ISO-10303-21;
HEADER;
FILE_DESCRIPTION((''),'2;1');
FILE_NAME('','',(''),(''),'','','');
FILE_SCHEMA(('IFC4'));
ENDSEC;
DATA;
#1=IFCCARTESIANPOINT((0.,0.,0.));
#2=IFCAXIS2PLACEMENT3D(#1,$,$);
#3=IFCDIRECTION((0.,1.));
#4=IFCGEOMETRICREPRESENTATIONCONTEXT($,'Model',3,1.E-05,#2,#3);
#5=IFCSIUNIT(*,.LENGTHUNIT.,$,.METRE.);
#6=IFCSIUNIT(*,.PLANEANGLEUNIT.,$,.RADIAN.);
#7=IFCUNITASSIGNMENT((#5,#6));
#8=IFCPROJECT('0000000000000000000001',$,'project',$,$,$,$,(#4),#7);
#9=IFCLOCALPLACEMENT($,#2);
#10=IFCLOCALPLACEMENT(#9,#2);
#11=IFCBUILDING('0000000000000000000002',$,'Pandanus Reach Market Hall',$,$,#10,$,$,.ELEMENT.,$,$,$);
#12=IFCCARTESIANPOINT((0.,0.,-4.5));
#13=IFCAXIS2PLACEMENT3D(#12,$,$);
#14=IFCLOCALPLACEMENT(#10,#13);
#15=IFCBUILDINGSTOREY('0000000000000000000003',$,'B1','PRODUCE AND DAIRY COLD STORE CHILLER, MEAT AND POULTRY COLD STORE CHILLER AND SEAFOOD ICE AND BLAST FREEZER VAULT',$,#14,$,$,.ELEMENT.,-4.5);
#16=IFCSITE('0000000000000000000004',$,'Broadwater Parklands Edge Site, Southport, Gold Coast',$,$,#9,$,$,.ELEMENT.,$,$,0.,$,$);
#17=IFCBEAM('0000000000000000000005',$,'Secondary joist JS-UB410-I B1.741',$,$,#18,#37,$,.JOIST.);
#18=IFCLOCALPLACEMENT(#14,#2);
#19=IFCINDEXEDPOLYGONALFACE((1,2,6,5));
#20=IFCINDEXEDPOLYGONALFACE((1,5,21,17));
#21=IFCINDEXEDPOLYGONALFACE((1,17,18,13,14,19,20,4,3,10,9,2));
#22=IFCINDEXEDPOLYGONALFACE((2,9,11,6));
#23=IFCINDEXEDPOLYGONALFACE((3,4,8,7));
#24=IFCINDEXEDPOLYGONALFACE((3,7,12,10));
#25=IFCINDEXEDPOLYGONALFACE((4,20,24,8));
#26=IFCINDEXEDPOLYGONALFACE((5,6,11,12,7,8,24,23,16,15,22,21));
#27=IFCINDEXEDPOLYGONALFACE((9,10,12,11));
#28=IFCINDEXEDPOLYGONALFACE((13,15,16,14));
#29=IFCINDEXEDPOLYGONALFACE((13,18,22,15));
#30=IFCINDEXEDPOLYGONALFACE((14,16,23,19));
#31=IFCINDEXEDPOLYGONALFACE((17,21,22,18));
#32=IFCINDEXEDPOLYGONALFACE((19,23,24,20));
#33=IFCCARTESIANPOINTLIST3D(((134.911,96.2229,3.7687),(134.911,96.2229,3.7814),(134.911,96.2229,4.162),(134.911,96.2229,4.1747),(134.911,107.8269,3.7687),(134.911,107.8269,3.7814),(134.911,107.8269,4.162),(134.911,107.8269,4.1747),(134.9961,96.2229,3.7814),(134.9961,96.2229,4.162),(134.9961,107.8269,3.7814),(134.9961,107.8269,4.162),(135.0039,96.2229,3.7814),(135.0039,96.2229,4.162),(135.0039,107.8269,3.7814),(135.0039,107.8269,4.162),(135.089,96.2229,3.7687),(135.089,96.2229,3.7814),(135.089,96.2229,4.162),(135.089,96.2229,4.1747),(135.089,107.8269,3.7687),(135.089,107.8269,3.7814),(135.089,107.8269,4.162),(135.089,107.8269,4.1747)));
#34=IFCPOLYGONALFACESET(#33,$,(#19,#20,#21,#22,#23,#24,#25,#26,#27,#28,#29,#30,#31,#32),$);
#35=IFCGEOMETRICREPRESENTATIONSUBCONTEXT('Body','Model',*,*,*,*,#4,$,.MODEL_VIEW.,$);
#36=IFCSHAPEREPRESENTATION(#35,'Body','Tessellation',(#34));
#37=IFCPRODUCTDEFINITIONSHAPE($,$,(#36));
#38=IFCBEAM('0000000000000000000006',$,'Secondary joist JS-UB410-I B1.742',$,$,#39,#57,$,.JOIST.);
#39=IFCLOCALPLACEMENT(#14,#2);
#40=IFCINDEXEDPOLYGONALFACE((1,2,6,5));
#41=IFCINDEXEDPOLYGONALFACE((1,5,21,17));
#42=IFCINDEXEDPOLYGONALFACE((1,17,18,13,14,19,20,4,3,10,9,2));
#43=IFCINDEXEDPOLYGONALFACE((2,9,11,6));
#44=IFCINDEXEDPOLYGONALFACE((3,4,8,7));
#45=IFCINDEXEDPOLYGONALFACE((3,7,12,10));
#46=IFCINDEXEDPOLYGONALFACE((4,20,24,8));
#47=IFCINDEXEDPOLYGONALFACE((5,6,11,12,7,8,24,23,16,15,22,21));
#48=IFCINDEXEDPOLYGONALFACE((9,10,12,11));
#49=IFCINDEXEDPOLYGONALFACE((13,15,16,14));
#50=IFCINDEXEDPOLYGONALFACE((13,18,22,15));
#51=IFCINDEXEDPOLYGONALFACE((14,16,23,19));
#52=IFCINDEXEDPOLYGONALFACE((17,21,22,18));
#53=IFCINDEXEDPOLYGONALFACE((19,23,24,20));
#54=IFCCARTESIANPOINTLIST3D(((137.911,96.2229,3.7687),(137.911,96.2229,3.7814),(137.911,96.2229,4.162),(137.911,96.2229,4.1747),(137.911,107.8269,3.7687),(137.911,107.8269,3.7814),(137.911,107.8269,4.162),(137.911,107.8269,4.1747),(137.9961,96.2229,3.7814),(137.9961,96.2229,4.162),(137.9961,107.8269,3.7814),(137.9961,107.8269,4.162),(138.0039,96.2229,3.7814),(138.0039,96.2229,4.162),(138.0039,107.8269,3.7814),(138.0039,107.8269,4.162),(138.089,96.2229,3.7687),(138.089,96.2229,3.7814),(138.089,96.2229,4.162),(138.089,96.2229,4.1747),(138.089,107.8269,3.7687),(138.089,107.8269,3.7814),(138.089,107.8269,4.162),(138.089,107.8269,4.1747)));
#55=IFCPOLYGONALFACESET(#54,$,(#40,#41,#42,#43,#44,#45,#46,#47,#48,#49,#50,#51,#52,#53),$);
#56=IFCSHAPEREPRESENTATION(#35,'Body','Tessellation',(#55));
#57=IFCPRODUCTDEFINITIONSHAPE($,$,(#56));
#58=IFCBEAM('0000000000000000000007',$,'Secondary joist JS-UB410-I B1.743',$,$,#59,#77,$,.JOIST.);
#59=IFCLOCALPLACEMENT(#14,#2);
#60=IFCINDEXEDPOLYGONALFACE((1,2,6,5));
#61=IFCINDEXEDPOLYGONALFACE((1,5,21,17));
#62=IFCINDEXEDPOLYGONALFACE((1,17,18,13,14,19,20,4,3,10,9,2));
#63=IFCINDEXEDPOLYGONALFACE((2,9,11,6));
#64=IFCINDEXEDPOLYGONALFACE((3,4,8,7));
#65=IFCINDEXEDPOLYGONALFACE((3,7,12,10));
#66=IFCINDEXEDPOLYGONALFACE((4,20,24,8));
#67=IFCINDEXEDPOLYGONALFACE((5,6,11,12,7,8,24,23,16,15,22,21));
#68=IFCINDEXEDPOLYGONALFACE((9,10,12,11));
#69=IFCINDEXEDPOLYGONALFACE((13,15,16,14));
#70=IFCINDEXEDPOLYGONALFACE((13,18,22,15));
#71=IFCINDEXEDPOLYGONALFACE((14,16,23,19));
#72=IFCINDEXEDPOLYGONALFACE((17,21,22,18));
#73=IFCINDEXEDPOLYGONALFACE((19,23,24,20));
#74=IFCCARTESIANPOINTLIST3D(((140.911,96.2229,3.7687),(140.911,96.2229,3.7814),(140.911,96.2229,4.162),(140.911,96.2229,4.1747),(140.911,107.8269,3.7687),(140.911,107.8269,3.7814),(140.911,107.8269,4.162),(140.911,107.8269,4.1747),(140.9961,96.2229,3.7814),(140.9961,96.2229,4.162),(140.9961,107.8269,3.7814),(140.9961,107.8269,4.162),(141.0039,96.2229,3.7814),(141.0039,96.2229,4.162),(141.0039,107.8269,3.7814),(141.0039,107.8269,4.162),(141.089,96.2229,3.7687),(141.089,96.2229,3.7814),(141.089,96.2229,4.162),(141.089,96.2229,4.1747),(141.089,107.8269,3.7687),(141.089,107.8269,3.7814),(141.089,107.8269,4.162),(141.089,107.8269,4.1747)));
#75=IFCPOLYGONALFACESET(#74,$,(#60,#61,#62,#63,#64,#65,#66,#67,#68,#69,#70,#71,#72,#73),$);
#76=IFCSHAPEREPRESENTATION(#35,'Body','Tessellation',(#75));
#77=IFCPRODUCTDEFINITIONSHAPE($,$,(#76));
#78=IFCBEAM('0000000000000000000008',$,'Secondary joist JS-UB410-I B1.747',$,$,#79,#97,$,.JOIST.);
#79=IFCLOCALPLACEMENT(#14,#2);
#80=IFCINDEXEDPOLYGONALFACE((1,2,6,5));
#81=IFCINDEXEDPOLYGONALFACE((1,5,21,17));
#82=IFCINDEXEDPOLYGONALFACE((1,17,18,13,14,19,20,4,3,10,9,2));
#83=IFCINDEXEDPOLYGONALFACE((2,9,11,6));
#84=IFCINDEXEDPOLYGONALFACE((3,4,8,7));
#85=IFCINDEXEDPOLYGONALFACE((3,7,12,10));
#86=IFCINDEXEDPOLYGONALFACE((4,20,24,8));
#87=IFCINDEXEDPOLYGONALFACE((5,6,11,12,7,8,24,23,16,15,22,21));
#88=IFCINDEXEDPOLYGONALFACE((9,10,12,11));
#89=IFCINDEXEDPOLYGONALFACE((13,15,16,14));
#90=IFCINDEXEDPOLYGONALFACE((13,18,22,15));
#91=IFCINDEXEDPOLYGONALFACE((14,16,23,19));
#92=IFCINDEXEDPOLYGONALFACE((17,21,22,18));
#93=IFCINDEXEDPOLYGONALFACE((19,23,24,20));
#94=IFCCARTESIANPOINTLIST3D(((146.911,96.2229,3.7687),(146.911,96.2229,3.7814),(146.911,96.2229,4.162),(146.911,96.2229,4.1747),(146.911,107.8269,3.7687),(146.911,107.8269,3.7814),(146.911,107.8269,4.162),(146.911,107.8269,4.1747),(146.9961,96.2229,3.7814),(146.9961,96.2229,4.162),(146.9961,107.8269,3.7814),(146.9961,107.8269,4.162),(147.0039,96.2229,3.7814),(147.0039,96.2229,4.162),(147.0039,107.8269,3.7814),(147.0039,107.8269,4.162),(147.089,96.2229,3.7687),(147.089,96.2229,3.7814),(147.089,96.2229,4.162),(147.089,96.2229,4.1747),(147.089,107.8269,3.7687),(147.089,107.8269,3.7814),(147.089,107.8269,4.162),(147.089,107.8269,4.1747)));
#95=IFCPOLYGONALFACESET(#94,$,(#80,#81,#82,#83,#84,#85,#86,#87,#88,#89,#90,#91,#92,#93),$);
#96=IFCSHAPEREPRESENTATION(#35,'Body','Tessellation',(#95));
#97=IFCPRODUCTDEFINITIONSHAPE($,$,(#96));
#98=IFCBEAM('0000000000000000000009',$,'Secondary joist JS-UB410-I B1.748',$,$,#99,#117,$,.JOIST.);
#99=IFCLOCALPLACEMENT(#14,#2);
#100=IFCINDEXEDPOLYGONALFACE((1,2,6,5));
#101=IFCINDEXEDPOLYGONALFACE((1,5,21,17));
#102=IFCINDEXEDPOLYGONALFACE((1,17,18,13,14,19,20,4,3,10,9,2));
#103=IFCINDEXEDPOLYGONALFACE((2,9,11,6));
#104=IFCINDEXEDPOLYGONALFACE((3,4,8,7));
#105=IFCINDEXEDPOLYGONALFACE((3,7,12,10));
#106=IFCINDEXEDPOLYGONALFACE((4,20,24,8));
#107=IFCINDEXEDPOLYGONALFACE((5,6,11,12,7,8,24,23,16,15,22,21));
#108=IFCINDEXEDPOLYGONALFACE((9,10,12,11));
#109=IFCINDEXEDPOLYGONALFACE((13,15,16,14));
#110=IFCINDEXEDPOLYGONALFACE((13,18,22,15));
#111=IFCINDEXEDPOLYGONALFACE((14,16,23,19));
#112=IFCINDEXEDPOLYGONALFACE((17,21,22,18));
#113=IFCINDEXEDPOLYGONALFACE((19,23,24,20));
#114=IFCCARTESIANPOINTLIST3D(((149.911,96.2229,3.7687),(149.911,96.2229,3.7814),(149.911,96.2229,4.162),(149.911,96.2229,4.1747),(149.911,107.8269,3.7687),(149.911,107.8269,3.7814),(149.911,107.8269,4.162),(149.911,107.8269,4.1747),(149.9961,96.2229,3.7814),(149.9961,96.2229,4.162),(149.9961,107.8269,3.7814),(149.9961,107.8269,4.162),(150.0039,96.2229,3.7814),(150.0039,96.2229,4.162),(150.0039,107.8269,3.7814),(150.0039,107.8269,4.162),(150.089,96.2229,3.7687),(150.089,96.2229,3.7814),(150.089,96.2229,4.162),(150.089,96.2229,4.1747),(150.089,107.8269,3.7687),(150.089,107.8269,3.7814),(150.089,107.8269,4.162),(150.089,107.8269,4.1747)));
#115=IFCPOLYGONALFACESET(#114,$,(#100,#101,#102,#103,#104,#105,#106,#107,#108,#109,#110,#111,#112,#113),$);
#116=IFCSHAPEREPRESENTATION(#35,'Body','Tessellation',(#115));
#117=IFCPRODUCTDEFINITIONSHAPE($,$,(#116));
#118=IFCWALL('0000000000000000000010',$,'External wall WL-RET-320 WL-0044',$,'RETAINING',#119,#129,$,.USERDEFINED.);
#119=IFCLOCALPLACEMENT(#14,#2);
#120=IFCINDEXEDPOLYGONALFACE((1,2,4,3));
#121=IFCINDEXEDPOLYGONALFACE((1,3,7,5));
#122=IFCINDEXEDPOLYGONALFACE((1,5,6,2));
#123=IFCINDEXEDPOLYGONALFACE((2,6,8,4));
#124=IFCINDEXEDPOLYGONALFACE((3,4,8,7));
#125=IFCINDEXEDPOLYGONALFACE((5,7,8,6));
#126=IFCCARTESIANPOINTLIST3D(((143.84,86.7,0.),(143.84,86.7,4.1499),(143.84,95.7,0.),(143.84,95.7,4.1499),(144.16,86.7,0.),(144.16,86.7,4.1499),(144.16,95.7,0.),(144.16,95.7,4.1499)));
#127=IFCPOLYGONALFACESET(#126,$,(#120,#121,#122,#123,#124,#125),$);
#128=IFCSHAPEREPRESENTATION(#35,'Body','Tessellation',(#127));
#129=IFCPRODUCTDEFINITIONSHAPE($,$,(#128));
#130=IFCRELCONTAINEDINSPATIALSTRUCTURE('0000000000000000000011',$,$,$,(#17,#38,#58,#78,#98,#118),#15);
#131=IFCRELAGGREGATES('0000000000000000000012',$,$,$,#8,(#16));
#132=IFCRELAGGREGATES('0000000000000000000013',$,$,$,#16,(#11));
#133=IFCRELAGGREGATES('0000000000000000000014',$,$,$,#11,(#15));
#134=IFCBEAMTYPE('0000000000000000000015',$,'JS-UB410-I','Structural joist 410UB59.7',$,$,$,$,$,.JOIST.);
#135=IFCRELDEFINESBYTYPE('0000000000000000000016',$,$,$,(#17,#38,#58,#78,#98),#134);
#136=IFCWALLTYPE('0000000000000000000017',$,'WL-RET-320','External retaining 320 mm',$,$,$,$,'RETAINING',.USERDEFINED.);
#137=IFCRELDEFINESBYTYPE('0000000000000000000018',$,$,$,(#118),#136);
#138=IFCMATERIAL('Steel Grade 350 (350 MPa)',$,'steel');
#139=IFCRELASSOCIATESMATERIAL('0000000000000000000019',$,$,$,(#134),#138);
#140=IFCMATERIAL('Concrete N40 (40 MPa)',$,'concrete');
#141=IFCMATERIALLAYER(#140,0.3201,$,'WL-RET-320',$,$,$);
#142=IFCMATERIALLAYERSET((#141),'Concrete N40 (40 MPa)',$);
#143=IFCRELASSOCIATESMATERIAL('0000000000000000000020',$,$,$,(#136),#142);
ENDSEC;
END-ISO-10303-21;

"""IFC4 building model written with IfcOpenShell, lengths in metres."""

from ifc_helpers import new_model, si_unit, direction, frame, frame_2d, origin, origin_2d, place, context, subcontext, project, spatial, rectangle, i_section, extrude, material, layer, layer_set, material_profile, profile_set, type_object, element, save


model = new_model("IFC4")

# Units and contexts
model_context = context("Model", 3, precision=1e-05, world=origin(), true_north=direction((0.0, 1.0)))
body_context = subcontext(model_context, "Body", "Model", "MODEL_VIEW")
ifc_project = project(units=[si_unit("LENGTHUNIT", "METRE"), si_unit("PLANEANGLEUNIT", "RADIAN")], contexts=[model_context])

# Site, building, storey
site_placement = place(None, origin())
site = spatial("IfcSite", under=ifc_project, at=site_placement, Name="Broadwater Parklands Edge Site, Southport, Gold Coast", CompositionType="ELEMENT", RefElevation=0.0)
building_placement = place(site_placement, origin())
building = spatial("IfcBuilding", under=site, at=building_placement, Name="Pandanus Reach Market Hall", CompositionType="ELEMENT")
storey_placement = place(building_placement, frame((0.0, 0.0, -4.5)))
storey = spatial("IfcBuildingStorey", under=building, at=storey_placement, Name="B1", Description="PRODUCE AND DAIRY COLD STORE CHILLER, MEAT AND POULTRY COLD STORE CHILLER AND SEAFOOD ICE AND BLAST FREEZER VAULT", CompositionType="ELEMENT", Elevation=-4.5)

# Shared definitions
ifc_material_1 = material(Name="Concrete N40 (40 MPa)", Category="concrete")

# Beams
ifc_material_2 = material(Name="Steel Grade 350 (350 MPa)", Category="steel")
ifc_material_profile_1 = material_profile(ifc_material_2, i_section(OverallWidth=0.178, OverallDepth=0.406, WebThickness=0.0078, FlangeThickness=0.0127, at=origin_2d()), Name="410UB59.7", Category="LoadBearing")
ifc_profile_set_1 = profile_set([ifc_material_profile_1], Name="Steel Grade 350 (350 MPa)")
beam_type_1 = type_object("IfcBeamType", Name="JS-UB410-I", Description="Structural joist 410UB59.7", PredefinedType="JOIST", material=ifc_profile_set_1)
for number, where, z_axis, x_axis, name in (
    (1, (135.0, 96.2229, 3.9717), (0.0, 1.0, 0.0), (-1.0, 0.0, 0.0), "Secondary joist JS-UB410-I B1.741"),
    (2, (138.0, 96.2229, 3.9717), (0.0, 1.0, 0.0), (-1.0, 0.0, 0.0), "Secondary joist JS-UB410-I B1.742"),
    (3, (141.0, 96.2229, 3.9717), (0.0, 1.0, 0.0), (-1.0, 0.0, 0.0), "Secondary joist JS-UB410-I B1.743"),
    (4, (147.0, 96.2229, 3.9717), (0.0, 1.0, 0.0), (-1.0, 0.0, 0.0), "Secondary joist JS-UB410-I B1.747"),
    (5, (150.0, 96.2229, 3.9717), (0.0, 1.0, 0.0), (-1.0, 0.0, 0.0), "Secondary joist JS-UB410-I B1.748"),
):
    element("IfcBeam", number, at=place(storey_placement, frame(where, z_axis=z_axis, x_axis=x_axis)), inside=storey, type_object=beam_type_1, Name=name, PredefinedType="JOIST", context=body_context, shape_type="SweptSolid", body=[
        extrude(i_section(OverallWidth=0.178, OverallDepth=0.406, WebThickness=0.0078, FlangeThickness=0.0127, at=origin_2d()), origin(), (0.0, 0.0, 1.0), 11.604),
    ])

# Wall
ifc_layer = layer(ifc_material_1, 0.3201, Name="WL-RET-320")
ifc_layer_set = layer_set([ifc_layer], Name="Concrete N40 (40 MPa)")
wall_type = type_object("IfcWallType", Name="WL-RET-320", Description="External retaining 320 mm", ElementType="RETAINING", PredefinedType="USERDEFINED", material=ifc_layer_set)
wall_placement = place(storey_placement, frame((144.0, 86.7, 0.0), z_axis=(0.0, 0.0, 1.0), x_axis=(0.0, 1.0, 0.0)))
element("IfcWall", 6, at=wall_placement, inside=storey, type_object=wall_type, Name="External wall WL-RET-320 WL-0044", ObjectType="RETAINING", PredefinedType="USERDEFINED", context=body_context, shape_type="SweptSolid", body=[
    extrude(rectangle(XDim=9.0, YDim=0.3201, at=frame_2d((4.5, 0.0))), origin(), (0.0, 0.0, 1.0), 4.1499),
])

save(model, "model.ifc")
